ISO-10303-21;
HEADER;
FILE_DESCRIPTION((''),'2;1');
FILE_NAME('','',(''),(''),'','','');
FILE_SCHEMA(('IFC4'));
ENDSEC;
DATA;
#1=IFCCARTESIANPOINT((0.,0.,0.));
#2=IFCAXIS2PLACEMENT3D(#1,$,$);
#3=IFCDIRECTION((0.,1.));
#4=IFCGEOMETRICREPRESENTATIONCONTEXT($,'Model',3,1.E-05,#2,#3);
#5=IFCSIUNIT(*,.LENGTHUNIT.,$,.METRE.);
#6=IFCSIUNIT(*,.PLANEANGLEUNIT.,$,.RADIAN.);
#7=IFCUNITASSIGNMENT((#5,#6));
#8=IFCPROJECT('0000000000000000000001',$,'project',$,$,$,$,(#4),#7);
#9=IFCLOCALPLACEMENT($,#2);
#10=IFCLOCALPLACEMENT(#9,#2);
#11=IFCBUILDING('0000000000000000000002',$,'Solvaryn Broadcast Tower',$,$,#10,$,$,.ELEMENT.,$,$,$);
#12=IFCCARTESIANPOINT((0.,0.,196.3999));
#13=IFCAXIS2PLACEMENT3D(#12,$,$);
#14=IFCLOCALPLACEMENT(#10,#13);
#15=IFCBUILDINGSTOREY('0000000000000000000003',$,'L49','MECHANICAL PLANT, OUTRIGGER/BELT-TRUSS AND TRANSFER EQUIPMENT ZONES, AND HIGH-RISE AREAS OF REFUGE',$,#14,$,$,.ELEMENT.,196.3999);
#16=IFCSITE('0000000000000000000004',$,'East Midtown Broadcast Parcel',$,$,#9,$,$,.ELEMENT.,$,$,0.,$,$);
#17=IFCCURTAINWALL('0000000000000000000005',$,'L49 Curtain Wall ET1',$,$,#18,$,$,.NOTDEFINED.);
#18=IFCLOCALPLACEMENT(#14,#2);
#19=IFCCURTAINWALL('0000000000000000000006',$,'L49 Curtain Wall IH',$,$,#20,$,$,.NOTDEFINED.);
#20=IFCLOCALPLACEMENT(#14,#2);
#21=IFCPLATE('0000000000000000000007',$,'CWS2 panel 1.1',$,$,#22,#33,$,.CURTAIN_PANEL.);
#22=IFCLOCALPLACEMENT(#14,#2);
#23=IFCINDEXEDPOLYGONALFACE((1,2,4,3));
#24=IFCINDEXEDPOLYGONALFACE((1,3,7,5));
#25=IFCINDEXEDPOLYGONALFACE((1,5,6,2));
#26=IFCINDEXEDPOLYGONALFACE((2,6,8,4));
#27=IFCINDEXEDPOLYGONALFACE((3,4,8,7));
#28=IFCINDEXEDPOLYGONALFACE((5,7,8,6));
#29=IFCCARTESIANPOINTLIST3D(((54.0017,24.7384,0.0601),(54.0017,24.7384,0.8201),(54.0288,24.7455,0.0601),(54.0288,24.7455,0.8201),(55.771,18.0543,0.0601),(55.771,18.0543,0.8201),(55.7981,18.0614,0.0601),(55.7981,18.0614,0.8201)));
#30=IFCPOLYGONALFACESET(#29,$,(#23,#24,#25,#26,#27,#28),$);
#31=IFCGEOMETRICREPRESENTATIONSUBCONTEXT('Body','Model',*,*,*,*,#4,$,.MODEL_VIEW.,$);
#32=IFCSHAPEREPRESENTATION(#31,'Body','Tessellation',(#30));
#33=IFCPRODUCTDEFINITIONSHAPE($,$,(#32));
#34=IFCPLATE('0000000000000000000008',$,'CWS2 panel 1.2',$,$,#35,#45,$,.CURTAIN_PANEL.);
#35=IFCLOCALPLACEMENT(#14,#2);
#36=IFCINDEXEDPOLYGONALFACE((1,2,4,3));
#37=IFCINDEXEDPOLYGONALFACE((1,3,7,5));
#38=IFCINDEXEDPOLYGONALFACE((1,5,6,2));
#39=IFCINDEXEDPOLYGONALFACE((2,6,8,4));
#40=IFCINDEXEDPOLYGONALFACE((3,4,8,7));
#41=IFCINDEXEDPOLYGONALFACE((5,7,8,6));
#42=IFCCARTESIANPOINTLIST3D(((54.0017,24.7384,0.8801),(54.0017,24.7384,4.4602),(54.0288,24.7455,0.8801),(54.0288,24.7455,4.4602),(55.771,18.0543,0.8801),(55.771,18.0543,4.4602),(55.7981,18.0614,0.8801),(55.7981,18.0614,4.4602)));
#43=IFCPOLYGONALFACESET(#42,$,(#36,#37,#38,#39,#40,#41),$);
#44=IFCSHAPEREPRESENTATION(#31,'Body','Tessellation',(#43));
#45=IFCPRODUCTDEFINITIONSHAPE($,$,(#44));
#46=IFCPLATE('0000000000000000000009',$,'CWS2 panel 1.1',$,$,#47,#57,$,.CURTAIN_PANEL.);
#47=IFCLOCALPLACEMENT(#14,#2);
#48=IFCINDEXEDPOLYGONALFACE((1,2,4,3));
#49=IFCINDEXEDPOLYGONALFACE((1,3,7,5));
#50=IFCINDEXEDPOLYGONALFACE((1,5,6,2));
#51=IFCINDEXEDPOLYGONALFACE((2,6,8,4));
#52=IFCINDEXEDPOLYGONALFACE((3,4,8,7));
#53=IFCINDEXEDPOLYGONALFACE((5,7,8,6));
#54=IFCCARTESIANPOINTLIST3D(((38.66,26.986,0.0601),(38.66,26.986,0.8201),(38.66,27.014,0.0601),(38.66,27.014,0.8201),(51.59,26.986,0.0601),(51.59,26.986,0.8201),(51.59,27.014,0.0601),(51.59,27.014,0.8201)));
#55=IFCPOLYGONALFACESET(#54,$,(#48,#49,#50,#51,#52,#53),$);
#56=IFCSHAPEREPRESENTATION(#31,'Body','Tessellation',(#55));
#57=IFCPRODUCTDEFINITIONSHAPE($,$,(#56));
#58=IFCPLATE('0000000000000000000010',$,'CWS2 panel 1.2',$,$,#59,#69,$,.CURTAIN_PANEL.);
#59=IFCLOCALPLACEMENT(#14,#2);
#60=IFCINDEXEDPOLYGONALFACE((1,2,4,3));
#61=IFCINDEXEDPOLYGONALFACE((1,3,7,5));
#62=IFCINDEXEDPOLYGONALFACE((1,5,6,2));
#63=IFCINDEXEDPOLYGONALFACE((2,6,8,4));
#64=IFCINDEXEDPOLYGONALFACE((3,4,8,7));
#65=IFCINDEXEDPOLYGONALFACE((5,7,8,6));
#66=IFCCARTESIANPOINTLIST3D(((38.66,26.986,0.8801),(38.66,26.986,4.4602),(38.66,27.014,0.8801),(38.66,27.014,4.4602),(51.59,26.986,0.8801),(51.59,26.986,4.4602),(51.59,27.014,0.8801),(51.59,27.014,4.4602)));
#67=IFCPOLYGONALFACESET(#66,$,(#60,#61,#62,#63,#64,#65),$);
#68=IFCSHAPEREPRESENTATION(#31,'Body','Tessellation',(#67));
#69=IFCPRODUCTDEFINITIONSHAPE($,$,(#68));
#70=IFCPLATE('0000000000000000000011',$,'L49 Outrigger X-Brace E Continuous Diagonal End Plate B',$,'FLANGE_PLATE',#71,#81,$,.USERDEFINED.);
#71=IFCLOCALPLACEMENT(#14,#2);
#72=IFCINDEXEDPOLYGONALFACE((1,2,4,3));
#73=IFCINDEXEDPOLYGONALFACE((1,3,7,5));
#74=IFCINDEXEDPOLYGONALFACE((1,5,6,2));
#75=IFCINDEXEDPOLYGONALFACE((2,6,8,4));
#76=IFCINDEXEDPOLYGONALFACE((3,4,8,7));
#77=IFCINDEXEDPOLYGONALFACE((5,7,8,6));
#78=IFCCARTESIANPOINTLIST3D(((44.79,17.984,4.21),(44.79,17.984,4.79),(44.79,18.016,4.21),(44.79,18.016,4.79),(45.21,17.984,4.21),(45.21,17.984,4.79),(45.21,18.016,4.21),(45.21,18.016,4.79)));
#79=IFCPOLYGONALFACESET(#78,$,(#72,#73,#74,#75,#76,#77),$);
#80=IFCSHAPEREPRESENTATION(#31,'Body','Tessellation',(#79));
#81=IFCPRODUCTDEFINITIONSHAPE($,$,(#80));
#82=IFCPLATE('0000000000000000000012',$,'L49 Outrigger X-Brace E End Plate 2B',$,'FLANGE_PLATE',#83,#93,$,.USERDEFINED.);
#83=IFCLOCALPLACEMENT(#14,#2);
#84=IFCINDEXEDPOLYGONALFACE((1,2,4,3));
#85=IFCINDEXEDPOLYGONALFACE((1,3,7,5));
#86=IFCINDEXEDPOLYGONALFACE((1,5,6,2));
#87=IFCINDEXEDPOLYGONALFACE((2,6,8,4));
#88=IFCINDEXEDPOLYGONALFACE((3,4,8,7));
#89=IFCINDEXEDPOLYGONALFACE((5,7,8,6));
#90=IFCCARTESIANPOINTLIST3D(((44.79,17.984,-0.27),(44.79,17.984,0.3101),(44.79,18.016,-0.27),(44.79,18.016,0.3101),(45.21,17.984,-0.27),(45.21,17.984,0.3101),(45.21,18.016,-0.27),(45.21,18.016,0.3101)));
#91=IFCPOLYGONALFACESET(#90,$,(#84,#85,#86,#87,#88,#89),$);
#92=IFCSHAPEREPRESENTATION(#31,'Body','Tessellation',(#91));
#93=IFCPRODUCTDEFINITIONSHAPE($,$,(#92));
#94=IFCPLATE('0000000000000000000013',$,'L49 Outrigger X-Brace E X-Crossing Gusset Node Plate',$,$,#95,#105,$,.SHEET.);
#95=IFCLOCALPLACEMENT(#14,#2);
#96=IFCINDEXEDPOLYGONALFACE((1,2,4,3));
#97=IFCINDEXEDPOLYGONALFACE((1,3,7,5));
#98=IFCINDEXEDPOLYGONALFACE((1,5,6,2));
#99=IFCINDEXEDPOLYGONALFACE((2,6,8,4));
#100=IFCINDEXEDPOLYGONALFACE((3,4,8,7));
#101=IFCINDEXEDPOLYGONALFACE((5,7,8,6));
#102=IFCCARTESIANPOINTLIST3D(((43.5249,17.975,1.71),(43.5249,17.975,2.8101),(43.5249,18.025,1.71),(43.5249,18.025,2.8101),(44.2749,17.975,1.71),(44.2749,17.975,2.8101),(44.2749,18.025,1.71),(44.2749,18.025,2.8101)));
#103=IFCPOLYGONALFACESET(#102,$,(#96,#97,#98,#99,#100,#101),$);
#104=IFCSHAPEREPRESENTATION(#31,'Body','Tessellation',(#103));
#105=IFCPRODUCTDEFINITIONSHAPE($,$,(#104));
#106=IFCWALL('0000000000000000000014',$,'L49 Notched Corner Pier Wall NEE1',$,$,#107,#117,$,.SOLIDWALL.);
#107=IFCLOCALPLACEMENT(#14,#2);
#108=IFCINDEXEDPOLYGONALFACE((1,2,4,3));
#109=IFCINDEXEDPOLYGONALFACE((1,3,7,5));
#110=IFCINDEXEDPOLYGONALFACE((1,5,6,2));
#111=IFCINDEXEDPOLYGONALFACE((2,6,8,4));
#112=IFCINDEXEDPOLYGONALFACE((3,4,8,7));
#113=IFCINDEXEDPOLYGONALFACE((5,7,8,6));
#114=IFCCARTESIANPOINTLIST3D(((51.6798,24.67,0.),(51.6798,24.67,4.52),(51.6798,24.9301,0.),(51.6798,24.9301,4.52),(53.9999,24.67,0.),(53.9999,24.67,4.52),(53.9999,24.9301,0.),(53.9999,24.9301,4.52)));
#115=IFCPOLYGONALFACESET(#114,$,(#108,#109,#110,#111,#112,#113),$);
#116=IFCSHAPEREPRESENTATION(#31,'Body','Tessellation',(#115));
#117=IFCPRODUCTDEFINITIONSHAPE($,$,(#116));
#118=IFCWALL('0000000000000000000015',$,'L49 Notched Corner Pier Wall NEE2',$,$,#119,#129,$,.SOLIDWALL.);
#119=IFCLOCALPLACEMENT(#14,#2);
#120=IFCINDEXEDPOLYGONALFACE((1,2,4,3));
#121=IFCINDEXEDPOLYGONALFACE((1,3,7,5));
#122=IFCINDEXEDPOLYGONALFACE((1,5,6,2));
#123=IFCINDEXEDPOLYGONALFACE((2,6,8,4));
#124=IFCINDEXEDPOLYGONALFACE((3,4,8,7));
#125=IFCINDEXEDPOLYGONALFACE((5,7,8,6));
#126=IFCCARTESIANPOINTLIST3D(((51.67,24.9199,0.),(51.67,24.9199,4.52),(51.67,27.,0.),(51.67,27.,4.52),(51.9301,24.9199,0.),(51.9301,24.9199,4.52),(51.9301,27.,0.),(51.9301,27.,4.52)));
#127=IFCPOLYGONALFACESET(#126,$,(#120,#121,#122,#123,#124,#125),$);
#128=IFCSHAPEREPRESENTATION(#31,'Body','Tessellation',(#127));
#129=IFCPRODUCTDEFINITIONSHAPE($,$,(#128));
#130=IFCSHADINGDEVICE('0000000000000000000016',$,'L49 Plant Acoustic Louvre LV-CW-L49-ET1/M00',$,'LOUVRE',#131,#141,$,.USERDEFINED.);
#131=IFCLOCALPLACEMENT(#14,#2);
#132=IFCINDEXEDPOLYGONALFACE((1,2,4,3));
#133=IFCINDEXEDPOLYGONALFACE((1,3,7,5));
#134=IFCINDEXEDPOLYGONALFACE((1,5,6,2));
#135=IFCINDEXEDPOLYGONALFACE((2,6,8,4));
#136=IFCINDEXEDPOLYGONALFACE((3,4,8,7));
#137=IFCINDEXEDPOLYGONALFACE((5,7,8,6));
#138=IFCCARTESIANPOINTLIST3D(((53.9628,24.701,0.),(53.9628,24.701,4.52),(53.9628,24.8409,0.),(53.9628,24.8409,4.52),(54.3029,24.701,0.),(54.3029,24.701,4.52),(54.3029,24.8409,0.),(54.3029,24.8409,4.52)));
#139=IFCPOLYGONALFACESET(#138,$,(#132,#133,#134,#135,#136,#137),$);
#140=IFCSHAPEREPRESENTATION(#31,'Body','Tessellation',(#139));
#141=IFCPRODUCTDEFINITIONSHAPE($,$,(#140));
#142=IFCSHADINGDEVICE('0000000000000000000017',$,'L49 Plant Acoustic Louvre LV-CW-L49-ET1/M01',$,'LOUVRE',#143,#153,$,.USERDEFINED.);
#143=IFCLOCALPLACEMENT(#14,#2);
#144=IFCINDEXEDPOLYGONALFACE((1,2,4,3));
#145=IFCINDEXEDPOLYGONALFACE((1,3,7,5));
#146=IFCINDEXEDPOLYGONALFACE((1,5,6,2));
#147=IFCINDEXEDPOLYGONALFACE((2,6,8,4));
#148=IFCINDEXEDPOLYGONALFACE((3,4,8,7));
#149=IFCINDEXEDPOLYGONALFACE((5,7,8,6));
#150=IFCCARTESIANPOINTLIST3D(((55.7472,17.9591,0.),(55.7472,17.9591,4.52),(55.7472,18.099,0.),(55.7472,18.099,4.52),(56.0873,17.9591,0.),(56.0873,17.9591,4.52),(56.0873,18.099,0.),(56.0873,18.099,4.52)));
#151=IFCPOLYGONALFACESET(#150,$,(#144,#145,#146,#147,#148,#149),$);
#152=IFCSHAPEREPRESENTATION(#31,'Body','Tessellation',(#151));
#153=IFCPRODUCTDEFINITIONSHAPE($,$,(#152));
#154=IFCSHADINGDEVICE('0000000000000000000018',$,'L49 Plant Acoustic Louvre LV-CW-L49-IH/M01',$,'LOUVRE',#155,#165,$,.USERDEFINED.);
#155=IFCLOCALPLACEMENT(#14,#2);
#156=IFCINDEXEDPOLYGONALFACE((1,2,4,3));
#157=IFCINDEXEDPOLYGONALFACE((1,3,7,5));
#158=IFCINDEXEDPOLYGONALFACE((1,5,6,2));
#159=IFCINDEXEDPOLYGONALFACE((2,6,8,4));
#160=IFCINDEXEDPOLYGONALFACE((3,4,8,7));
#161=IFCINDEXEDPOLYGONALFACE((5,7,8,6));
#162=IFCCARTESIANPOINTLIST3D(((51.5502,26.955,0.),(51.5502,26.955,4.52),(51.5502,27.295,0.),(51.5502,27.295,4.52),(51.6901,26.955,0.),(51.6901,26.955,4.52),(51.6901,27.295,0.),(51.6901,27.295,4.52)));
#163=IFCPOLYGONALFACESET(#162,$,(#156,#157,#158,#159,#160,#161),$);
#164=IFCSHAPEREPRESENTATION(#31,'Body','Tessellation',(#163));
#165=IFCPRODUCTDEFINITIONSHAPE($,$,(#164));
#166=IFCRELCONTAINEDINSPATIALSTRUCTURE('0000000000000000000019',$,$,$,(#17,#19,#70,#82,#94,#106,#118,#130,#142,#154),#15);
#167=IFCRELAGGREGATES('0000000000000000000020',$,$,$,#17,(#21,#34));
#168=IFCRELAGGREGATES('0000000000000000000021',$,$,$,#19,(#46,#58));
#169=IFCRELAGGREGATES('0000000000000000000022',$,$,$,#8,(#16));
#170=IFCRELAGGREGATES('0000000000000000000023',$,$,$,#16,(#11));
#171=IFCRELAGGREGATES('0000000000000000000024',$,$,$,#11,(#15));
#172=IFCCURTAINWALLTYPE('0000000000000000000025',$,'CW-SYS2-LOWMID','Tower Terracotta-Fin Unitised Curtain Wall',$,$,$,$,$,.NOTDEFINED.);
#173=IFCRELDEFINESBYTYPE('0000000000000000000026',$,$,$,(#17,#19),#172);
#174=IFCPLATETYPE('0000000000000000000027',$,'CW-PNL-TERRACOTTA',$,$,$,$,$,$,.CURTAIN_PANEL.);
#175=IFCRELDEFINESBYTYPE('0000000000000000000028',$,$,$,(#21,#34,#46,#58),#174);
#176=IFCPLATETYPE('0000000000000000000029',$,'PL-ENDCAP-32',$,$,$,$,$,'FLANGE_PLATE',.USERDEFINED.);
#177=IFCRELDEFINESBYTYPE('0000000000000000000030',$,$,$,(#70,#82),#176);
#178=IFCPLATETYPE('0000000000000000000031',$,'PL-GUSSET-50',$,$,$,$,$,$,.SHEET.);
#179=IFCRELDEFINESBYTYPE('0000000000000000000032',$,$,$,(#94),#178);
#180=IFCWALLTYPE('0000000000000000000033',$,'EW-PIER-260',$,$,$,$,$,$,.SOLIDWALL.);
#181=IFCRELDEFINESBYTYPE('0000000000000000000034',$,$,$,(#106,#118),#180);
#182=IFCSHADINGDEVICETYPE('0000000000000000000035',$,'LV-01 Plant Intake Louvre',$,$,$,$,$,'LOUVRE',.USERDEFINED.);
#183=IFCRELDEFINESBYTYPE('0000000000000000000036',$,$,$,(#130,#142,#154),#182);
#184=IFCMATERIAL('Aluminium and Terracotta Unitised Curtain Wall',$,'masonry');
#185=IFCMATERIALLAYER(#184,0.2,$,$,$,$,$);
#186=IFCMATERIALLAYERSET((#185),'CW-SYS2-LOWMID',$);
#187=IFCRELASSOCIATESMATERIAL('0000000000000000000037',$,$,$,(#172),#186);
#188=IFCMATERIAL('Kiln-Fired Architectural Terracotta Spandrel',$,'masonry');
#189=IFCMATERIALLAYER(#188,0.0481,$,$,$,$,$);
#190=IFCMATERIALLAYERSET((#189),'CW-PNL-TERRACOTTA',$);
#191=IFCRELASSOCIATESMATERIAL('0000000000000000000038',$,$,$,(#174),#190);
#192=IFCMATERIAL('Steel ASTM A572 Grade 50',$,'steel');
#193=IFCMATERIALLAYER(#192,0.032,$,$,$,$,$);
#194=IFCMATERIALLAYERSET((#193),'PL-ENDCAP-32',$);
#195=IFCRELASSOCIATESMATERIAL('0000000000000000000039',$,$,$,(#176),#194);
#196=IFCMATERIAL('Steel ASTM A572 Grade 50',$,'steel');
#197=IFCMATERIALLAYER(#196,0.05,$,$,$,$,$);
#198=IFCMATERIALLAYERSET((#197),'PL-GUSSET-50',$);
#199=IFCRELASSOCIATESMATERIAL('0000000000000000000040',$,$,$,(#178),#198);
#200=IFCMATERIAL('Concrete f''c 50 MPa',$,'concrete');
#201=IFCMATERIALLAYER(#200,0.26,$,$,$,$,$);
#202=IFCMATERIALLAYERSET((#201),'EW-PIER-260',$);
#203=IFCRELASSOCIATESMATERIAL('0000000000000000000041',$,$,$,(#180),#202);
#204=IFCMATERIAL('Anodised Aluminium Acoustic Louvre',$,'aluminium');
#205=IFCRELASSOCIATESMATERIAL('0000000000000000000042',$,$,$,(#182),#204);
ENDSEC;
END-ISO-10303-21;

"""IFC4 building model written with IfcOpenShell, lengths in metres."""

from ifc_helpers import new_model, si_unit, direction, frame, frame_2d, origin, origin_2d, place, context, subcontext, project, spatial, rectangle, extrude, material, layer, layer_set, type_object, element, aggregate, save


model = new_model("IFC4")

# Units and contexts
model_context = context("Model", 3, precision=1e-05, world=origin(), true_north=direction((0.0, 1.0)))
body_context = subcontext(model_context, "Body", "Model", "MODEL_VIEW")
ifc_project = project(units=[si_unit("LENGTHUNIT", "METRE"), si_unit("PLANEANGLEUNIT", "RADIAN")], contexts=[model_context])

# Site, building, storey
site_placement = place(None, origin())
site = spatial("IfcSite", under=ifc_project, at=site_placement, Name="East Midtown Broadcast Parcel", CompositionType="ELEMENT", RefElevation=0.0)
building_placement = place(site_placement, origin())
building = spatial("IfcBuilding", under=site, at=building_placement, Name="Solvaryn Broadcast Tower", CompositionType="ELEMENT")
storey_placement = place(building_placement, frame((0.0, 0.0, 196.3999)))
storey = spatial("IfcBuildingStorey", under=building, at=storey_placement, Name="L49", Description="MECHANICAL PLANT, OUTRIGGER/BELT-TRUSS AND TRANSFER EQUIPMENT ZONES, AND HIGH-RISE AREAS OF REFUGE", CompositionType="ELEMENT", Elevation=196.3999)

# Curtain wall
ifc_material_1 = material(Name="Aluminium and Terracotta Unitised Curtain Wall", Category="masonry")
ifc_layer_1 = layer(ifc_material_1, 0.2)
ifc_layer_set_1 = layer_set([ifc_layer_1], Name="CW-SYS2-LOWMID")
curtain_wall_type = type_object("IfcCurtainWallType", Name="CW-SYS2-LOWMID", Description="Tower Terracotta-Fin Unitised Curtain Wall", PredefinedType="NOTDEFINED", material=ifc_layer_set_1)
curtain_wall_1_placement = place(storey_placement, origin())
curtain_wall_1 = element("IfcCurtainWall", 1, at=curtain_wall_1_placement, inside=storey, type_object=curtain_wall_type, Name="L49 Curtain Wall ET1", PredefinedType="NOTDEFINED")

# Curtain wall
curtain_wall_2_placement = place(storey_placement, origin())
curtain_wall_2 = element("IfcCurtainWall", 2, at=curtain_wall_2_placement, inside=storey, type_object=curtain_wall_type, Name="L49 Curtain Wall IH", PredefinedType="NOTDEFINED")

# Plates
ifc_material_2 = material(Name="Kiln-Fired Architectural Terracotta Spandrel", Category="masonry")
ifc_layer_2 = layer(ifc_material_2, 0.0481)
ifc_layer_set_2 = layer_set([ifc_layer_2], Name="CW-PNL-TERRACOTTA")
plate_type_1 = type_object("IfcPlateType", Name="CW-PNL-TERRACOTTA", PredefinedType="CURTAIN_PANEL", material=ifc_layer_set_2)
plate_1_placement = place(storey_placement, frame((54.8999, 21.3999, 0.0601), z_axis=(0.0, 0.0, 1.0), x_axis=(0.255893, -0.966705, 0.0)))
plate_1 = element("IfcPlate", 3, at=plate_1_placement, type_object=plate_type_1, Name="CWS2 panel 1.1", PredefinedType="CURTAIN_PANEL", context=body_context, shape_type="SweptSolid", body=[
    extrude(rectangle(XDim=6.9143, YDim=0.0281, at=origin_2d()), origin(), (0.0, 0.0, 1.0), 0.76),
])
plate_2_placement = place(storey_placement, frame((54.8999, 21.3999, 0.8801), z_axis=(0.0, 0.0, 1.0), x_axis=(0.255893, -0.966705, 0.0)))
plate_2 = element("IfcPlate", 4, at=plate_2_placement, type_object=plate_type_1, Name="CWS2 panel 1.2", PredefinedType="CURTAIN_PANEL", context=body_context, shape_type="SweptSolid", body=[
    extrude(rectangle(XDim=6.9143, YDim=0.0281, at=origin_2d()), origin(), (0.0, 0.0, 1.0), 3.5801),
])
aggregate(curtain_wall_1, [plate_1, plate_2])
plate_3_placement = place(storey_placement, frame((45.125, 27.0, 0.0601), z_axis=(0.0, 0.0, 1.0), x_axis=(1.0, 0.0, 0.0)))
plate_3 = element("IfcPlate", 5, at=plate_3_placement, type_object=plate_type_1, Name="CWS2 panel 1.1", PredefinedType="CURTAIN_PANEL", context=body_context, shape_type="SweptSolid", body=[
    extrude(rectangle(XDim=12.9299, YDim=0.0281, at=origin_2d()), origin(), (0.0, 0.0, 1.0), 0.76),
])
plate_4_placement = place(storey_placement, frame((45.125, 27.0, 0.8801), z_axis=(0.0, 0.0, 1.0), x_axis=(1.0, 0.0, 0.0)))
plate_4 = element("IfcPlate", 6, at=plate_4_placement, type_object=plate_type_1, Name="CWS2 panel 1.2", PredefinedType="CURTAIN_PANEL", context=body_context, shape_type="SweptSolid", body=[
    extrude(rectangle(XDim=12.9299, YDim=0.0281, at=origin_2d()), origin(), (0.0, 0.0, 1.0), 3.5801),
])
aggregate(curtain_wall_2, [plate_3, plate_4])

# Plates
ifc_material_3 = material(Name="Steel ASTM A572 Grade 50", Category="steel")
ifc_layer_3 = layer(ifc_material_3, 0.032)
ifc_layer_set_3 = layer_set([ifc_layer_3], Name="PL-ENDCAP-32")
plate_type_2 = type_object("IfcPlateType", Name="PL-ENDCAP-32", ElementType="FLANGE_PLATE", PredefinedType="USERDEFINED", material=ifc_layer_set_3)
for number, where, z_axis, x_axis, name in (
    (7, (45.0, 18.0, 4.21), (0.0, 0.0, 1.0), (1.0, 0.0, 0.0), "L49 Outrigger X-Brace E Continuous Diagonal End Plate B"),
    (8, (45.0, 18.0, -0.27), (0.0, 0.0, 1.0), (1.0, 0.0, 0.0), "L49 Outrigger X-Brace E End Plate 2B"),
):
    element("IfcPlate", number, at=place(storey_placement, frame(where, z_axis=z_axis, x_axis=x_axis)), inside=storey, type_object=plate_type_2, Name=name, ObjectType="FLANGE_PLATE", PredefinedType="USERDEFINED", context=body_context, shape_type="SweptSolid", body=[
        extrude(rectangle(XDim=0.4199, YDim=0.032, at=origin_2d()), origin(), (0.0, 0.0, 1.0), 0.5801),
    ])
ifc_material_4 = material(Name="Steel ASTM A572 Grade 50", Category="steel")
ifc_layer_4 = layer(ifc_material_4, 0.05)
ifc_layer_set_4 = layer_set([ifc_layer_4], Name="PL-GUSSET-50")
plate_type_3 = type_object("IfcPlateType", Name="PL-GUSSET-50", PredefinedType="SHEET", material=ifc_layer_set_4)
plate_5_placement = place(storey_placement, frame((43.8999, 18.0, 1.71), z_axis=(0.0, 0.0, 1.0), x_axis=(1.0, 0.0, 0.0)))
element("IfcPlate", 9, at=plate_5_placement, inside=storey, type_object=plate_type_3, Name="L49 Outrigger X-Brace E X-Crossing Gusset Node Plate", PredefinedType="SHEET", context=body_context, shape_type="SweptSolid", body=[
    extrude(rectangle(XDim=0.75, YDim=0.05, at=origin_2d()), origin(), (0.0, 0.0, 1.0), 1.1001),
])

# Walls
ifc_material_5 = material(Name="Concrete f'c 50 MPa", Category="concrete")
ifc_layer_5 = layer(ifc_material_5, 0.26)
ifc_layer_set_5 = layer_set([ifc_layer_5], Name="EW-PIER-260")
wall_type = type_object("IfcWallType", Name="EW-PIER-260", PredefinedType="SOLIDWALL", material=ifc_layer_set_5)
wall_1_placement = place(storey_placement, frame((54.0, 24.8, 0.0), z_axis=(0.0, 0.0, 1.0), x_axis=(-1.0, 0.0, 0.0)))
element("IfcWall", 10, at=wall_1_placement, inside=storey, type_object=wall_type, Name="L49 Notched Corner Pier Wall NEE1", PredefinedType="SOLIDWALL", context=body_context, shape_type="SweptSolid", body=[
    extrude(rectangle(XDim=2.3201, YDim=0.26, at=frame_2d((1.1602, 0.0))), origin(), (0.0, 0.0, 1.0), 4.52),
])
wall_2_placement = place(storey_placement, frame((51.8, 24.9199, 0.0), z_axis=(0.0, 0.0, 1.0), x_axis=(0.0, 1.0, 0.0)))
element("IfcWall", 11, at=wall_2_placement, inside=storey, type_object=wall_type, Name="L49 Notched Corner Pier Wall NEE2", PredefinedType="SOLIDWALL", context=body_context, shape_type="SweptSolid", body=[
    extrude(rectangle(XDim=2.0801, YDim=0.26, at=frame_2d((1.04, 0.0))), origin(), (0.0, 0.0, 1.0), 4.52),
])

# Shading devices
ifc_material_6 = material(Name="Anodised Aluminium Acoustic Louvre", Category="aluminium")
shading_device_type = type_object("IfcShadingDeviceType", Name="LV-01 Plant Intake Louvre", ElementType="LOUVRE", PredefinedType="USERDEFINED", material=ifc_material_6)
for number, where, z_axis, x_axis, name in (
    (12, (54.1328, 24.771, 0.0), (0.0, 0.0, 1.0), (1.0, 0.0, 0.0), "L49 Plant Acoustic Louvre LV-CW-L49-ET1/M00"),
    (13, (55.9172, 18.0291, 0.0), (0.0, 0.0, 1.0), (1.0, 0.0, 0.0), "L49 Plant Acoustic Louvre LV-CW-L49-ET1/M01"),
):
    element("IfcShadingDevice", number, at=place(storey_placement, frame(where, z_axis=z_axis, x_axis=x_axis)), inside=storey, type_object=shading_device_type, Name=name, ObjectType="LOUVRE", PredefinedType="USERDEFINED", context=body_context, shape_type="SweptSolid", body=[
        extrude(rectangle(XDim=0.3401, YDim=0.1399, at=origin_2d()), origin(), (0.0, 0.0, 1.0), 4.52),
    ])
shading_device_placement = place(storey_placement, frame((51.6201, 27.125, 0.0), z_axis=(0.0, 0.0, 1.0), x_axis=(1.0, 0.0, 0.0)))
element("IfcShadingDevice", 14, at=shading_device_placement, inside=storey, type_object=shading_device_type, Name="L49 Plant Acoustic Louvre LV-CW-L49-IH/M01", ObjectType="LOUVRE", PredefinedType="USERDEFINED", context=body_context, shape_type="SweptSolid", body=[
    extrude(rectangle(XDim=0.1399, YDim=0.3401, at=origin_2d()), origin(), (0.0, 0.0, 1.0), 4.52),
])

save(model, "model.ifc")
